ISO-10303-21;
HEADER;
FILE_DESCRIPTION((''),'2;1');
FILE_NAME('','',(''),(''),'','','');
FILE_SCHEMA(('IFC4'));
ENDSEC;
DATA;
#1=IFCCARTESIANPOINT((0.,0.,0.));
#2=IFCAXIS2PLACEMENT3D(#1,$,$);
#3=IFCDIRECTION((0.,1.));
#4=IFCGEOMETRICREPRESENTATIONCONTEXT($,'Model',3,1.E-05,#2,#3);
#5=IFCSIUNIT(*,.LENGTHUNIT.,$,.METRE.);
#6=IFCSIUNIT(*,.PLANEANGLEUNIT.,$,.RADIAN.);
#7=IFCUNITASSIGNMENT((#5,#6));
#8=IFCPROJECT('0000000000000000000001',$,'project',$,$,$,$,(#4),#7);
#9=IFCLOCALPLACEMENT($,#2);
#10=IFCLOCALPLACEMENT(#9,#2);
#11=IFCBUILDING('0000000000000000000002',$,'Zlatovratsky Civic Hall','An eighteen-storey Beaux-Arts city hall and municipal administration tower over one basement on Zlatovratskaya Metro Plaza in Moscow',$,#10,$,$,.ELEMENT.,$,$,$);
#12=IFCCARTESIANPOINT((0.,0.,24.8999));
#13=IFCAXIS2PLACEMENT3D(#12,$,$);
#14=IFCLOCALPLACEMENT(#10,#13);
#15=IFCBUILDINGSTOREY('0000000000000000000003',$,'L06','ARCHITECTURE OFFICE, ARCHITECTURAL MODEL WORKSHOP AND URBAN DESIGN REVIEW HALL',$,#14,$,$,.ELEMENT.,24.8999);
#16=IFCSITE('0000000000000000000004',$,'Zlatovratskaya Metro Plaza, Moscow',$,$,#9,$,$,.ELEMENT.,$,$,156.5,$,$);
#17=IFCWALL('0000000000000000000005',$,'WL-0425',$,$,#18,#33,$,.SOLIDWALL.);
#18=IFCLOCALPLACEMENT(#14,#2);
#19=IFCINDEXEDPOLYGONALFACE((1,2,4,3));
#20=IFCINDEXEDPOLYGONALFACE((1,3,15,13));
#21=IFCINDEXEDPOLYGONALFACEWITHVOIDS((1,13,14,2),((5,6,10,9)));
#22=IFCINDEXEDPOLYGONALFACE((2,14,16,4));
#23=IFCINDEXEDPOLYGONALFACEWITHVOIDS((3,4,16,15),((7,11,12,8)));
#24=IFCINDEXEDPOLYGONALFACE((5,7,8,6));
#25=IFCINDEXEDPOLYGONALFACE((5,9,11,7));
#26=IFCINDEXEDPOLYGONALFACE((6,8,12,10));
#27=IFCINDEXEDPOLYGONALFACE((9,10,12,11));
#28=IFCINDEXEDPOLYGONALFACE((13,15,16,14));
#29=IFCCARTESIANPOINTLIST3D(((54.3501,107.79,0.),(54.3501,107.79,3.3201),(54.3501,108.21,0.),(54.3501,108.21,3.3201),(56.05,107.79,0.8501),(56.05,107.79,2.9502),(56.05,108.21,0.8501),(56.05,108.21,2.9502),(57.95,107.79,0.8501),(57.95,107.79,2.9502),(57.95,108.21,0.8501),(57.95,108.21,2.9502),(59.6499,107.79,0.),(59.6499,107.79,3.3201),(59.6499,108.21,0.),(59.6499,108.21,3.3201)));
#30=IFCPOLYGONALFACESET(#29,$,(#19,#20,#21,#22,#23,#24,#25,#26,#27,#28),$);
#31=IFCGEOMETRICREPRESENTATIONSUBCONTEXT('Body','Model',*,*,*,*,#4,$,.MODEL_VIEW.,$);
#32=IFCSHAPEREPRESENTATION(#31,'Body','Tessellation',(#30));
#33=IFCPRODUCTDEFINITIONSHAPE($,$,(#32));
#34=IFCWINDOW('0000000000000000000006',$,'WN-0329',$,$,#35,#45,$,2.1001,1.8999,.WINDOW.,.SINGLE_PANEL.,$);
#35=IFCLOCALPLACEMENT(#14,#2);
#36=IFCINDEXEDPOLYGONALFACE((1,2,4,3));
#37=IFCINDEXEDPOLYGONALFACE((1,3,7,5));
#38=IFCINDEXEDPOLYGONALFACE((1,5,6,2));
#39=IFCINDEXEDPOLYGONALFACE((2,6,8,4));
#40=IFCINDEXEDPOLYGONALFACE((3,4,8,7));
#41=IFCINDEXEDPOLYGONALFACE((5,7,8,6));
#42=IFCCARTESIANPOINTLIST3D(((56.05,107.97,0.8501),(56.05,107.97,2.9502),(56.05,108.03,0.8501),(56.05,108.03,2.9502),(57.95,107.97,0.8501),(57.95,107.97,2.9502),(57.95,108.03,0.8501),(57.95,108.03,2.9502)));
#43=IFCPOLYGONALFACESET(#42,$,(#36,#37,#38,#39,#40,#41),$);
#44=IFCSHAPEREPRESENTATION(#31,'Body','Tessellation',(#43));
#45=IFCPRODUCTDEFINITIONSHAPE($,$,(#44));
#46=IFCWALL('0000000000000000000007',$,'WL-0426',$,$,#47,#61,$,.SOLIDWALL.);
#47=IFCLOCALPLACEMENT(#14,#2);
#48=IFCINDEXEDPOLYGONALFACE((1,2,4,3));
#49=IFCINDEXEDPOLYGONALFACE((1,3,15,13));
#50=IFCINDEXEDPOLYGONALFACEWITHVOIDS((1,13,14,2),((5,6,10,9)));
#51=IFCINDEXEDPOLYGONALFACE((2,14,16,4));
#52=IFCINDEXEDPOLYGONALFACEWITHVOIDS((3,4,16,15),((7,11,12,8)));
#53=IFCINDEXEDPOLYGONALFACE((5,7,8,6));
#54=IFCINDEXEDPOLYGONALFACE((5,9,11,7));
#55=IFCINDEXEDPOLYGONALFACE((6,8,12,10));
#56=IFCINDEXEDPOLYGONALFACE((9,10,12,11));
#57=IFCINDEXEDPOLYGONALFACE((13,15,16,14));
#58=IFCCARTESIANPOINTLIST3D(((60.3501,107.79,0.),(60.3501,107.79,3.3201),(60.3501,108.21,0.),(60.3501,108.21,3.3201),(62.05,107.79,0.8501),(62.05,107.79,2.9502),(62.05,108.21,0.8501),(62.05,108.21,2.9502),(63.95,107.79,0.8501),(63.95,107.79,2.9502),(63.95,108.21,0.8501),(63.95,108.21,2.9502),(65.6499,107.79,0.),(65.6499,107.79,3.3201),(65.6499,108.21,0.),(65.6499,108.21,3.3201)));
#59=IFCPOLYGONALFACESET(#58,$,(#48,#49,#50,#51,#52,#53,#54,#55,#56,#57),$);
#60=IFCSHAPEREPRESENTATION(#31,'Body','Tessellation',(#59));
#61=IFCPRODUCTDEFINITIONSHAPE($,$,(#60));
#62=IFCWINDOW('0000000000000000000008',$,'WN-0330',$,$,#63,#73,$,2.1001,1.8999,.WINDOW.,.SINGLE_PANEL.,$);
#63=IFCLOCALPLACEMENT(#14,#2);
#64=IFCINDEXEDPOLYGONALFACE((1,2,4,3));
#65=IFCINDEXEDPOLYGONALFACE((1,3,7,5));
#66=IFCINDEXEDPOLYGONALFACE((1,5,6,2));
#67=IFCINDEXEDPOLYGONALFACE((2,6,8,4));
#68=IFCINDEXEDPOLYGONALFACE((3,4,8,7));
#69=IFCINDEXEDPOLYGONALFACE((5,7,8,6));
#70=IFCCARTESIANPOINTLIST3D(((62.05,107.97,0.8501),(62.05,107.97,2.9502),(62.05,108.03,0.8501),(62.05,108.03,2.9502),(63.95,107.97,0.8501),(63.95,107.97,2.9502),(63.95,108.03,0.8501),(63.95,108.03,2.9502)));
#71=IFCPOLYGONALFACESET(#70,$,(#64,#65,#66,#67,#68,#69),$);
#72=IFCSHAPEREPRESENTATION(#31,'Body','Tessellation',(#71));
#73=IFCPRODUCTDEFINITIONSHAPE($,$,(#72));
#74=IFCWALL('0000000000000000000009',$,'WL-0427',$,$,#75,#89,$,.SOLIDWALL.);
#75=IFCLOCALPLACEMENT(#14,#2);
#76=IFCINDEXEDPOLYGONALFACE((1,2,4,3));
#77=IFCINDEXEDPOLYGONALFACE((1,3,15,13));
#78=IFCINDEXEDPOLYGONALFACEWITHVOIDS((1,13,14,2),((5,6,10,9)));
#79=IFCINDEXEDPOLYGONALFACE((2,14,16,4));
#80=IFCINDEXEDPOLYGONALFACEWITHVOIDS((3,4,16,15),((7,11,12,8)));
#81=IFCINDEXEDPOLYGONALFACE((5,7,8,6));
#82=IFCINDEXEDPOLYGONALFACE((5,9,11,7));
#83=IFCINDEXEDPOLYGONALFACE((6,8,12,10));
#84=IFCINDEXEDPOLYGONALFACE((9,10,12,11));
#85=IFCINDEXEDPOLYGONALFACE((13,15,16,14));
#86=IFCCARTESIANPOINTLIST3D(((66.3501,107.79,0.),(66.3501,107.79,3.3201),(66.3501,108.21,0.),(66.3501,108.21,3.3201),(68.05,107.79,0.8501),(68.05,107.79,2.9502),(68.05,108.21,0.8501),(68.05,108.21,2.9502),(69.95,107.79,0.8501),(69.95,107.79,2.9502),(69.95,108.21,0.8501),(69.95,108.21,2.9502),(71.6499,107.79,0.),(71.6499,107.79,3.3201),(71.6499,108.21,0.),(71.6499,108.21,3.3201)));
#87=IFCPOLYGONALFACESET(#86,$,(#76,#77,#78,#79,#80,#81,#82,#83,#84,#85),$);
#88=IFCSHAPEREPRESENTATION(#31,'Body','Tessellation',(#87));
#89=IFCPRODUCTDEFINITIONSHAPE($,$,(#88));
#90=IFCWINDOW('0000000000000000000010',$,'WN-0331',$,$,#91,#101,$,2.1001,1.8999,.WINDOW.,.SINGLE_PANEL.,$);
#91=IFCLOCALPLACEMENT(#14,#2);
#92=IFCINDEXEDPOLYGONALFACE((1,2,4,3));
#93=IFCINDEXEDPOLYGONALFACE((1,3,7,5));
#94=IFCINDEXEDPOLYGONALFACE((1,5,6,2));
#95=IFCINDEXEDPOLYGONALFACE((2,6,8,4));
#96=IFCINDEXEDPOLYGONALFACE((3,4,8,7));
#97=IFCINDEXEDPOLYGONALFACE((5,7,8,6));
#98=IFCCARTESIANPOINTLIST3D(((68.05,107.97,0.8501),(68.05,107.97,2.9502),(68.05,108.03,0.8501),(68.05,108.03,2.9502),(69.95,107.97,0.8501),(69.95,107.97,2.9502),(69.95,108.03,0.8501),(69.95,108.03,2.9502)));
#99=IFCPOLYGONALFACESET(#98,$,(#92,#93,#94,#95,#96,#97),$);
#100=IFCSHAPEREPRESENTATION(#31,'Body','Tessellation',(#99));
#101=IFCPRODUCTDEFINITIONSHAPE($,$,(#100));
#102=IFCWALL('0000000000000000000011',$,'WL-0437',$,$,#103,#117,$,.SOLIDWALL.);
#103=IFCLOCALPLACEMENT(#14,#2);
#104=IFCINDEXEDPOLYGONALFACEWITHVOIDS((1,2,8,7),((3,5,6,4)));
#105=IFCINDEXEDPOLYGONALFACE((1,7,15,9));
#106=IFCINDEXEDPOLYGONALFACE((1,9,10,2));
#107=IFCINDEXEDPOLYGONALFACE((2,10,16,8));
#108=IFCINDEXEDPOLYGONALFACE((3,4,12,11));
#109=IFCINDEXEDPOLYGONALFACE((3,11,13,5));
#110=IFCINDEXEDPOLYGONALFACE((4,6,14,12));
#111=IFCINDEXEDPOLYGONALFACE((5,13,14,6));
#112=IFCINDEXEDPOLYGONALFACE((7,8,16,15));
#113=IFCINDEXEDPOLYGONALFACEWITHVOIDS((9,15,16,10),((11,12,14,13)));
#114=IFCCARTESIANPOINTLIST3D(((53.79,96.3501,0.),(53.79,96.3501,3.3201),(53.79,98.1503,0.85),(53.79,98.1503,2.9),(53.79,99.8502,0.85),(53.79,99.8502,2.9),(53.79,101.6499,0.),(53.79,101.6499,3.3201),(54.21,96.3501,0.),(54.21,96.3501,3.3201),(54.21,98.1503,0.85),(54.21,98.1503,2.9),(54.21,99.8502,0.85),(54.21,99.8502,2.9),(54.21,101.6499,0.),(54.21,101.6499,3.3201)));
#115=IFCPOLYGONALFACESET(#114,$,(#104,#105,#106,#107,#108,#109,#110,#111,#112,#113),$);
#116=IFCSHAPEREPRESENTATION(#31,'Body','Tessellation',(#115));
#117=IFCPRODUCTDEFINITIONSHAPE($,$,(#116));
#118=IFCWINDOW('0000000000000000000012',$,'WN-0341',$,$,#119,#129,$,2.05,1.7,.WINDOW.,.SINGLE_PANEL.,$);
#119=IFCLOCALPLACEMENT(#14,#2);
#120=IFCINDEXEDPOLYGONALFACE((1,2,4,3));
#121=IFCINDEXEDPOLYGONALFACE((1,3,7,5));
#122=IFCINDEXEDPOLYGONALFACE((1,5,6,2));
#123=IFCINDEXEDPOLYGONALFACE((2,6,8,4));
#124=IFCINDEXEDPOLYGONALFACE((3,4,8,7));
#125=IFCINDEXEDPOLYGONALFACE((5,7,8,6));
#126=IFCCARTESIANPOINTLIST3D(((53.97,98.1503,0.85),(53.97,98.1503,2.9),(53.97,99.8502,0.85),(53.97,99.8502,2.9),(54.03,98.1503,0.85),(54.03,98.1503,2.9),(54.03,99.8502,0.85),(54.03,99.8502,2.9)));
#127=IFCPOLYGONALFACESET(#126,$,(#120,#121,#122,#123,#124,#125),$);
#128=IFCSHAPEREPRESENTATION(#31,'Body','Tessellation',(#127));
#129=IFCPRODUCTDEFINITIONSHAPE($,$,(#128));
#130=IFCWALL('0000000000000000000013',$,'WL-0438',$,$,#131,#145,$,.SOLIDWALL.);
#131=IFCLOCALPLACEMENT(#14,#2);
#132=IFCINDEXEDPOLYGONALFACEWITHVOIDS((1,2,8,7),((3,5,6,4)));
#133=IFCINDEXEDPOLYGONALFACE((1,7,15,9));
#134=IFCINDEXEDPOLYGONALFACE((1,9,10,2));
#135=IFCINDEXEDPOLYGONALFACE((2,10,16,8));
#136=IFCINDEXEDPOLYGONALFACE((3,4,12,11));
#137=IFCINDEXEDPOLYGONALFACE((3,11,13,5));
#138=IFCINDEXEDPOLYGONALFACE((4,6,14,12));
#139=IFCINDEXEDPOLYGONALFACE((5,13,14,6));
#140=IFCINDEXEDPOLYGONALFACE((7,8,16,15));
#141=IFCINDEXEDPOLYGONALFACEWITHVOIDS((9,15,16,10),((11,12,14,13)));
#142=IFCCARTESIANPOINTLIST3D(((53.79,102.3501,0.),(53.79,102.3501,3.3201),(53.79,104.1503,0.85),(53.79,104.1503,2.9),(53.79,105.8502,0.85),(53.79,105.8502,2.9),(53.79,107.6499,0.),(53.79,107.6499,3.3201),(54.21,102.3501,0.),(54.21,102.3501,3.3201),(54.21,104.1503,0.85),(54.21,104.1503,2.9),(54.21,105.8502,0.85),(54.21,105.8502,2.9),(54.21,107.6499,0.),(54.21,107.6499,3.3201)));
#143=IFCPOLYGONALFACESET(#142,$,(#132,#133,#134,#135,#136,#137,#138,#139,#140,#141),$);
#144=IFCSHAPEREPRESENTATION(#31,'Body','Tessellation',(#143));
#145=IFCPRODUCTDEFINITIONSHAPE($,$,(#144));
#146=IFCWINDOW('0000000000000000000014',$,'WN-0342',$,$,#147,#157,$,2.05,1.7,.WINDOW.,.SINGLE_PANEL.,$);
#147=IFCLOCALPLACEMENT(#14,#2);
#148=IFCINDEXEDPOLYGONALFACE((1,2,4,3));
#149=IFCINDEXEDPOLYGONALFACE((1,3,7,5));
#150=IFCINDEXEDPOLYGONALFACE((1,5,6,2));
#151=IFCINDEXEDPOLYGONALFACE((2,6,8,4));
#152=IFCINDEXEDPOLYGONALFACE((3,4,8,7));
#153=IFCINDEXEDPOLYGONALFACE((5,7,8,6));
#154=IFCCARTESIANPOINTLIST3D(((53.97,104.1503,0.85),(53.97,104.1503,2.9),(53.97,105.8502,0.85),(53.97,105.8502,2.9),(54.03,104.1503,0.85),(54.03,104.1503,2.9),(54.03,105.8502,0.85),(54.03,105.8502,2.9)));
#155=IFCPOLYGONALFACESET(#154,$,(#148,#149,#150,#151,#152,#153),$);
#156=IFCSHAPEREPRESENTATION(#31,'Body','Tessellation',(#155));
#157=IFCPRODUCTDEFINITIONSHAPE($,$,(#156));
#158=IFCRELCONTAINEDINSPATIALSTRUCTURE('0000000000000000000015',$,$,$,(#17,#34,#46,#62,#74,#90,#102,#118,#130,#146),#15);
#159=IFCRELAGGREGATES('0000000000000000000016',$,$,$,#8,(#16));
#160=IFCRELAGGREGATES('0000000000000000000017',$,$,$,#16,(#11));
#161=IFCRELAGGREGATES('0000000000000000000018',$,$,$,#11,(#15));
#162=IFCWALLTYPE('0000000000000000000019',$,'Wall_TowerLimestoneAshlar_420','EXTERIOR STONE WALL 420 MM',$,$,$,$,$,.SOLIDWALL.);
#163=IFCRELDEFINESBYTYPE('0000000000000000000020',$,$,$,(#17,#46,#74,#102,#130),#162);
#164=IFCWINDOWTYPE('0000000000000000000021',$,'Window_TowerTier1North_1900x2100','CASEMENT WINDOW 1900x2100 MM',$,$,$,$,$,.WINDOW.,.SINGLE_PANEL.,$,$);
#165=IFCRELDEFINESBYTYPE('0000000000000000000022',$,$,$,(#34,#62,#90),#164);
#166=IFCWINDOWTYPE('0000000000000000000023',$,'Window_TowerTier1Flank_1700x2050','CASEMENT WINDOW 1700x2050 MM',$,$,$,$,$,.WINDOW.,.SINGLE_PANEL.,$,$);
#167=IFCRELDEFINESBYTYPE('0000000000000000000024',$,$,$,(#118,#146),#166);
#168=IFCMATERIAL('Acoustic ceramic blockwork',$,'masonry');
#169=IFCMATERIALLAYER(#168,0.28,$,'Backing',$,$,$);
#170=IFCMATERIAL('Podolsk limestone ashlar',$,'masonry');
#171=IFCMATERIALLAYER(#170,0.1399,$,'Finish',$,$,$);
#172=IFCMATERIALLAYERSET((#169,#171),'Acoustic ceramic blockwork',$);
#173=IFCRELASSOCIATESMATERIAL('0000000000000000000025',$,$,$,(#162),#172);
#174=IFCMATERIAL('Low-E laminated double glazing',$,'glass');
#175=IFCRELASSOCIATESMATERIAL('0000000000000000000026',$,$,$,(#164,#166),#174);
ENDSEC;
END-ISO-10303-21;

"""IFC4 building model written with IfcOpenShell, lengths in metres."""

from ifc_helpers import new_model, si_unit, direction, frame, frame_2d, origin, place, context, subcontext, project, spatial, rectangle, extrude, material, layer, layer_set, type_object, element, fill, save


model = new_model("IFC4")

# Units and contexts
model_context = context("Model", 3, precision=1e-05, world=origin(), true_north=direction((0.0, 1.0)))
body_context = subcontext(model_context, "Body", "Model", "MODEL_VIEW")
ifc_project = project(units=[si_unit("LENGTHUNIT", "METRE"), si_unit("PLANEANGLEUNIT", "RADIAN")], contexts=[model_context])

# Site, building, storey
site_placement = place(None, origin())
site = spatial("IfcSite", under=ifc_project, at=site_placement, Name="Zlatovratskaya Metro Plaza, Moscow", CompositionType="ELEMENT", RefElevation=156.5)
building_placement = place(site_placement, origin())
building = spatial("IfcBuilding", under=site, at=building_placement, Name="Zlatovratsky Civic Hall", Description="An eighteen-storey Beaux-Arts city hall and municipal administration tower over one basement on Zlatovratskaya Metro Plaza in Moscow", CompositionType="ELEMENT")
storey_placement = place(building_placement, frame((0.0, 0.0, 24.8999)))
storey = spatial("IfcBuildingStorey", under=building, at=storey_placement, Name="L06", Description="ARCHITECTURE OFFICE, ARCHITECTURAL MODEL WORKSHOP AND URBAN DESIGN REVIEW HALL", CompositionType="ELEMENT", Elevation=24.8999)

# Walls, openings, windows
ifc_material_1 = material(Name="Acoustic ceramic blockwork", Category="masonry")
ifc_layer_1 = layer(ifc_material_1, 0.28, Name="Backing")
ifc_material_2 = material(Name="Podolsk limestone ashlar", Category="masonry")
ifc_layer_2 = layer(ifc_material_2, 0.1399, Name="Finish")
ifc_layer_set_1 = layer_set([ifc_layer_1, ifc_layer_2], Name="Acoustic ceramic blockwork")
wall_type_1 = type_object("IfcWallType", Name="Wall_TowerLimestoneAshlar_420", Description="EXTERIOR STONE WALL 420 MM", PredefinedType="SOLIDWALL", material=ifc_layer_set_1)
wall_1_placement = place(storey_placement, frame((54.3501, 108.0, 0.0), z_axis=(0.0, 0.0, 1.0), x_axis=(1.0, 0.0, 0.0)))
wall_1 = element("IfcWall", 1, at=wall_1_placement, inside=storey, type_object=wall_type_1, Name="WL-0425", PredefinedType="SOLIDWALL", context=body_context, shape_type="SweptSolid", body=[
    extrude(rectangle(XDim=5.2998, YDim=0.4199, at=frame_2d((2.6499, 0.0))), origin(), (0.0, 0.0, 1.0), 3.3201),
])
opening_1_placement = place(wall_1_placement, frame((1.7, 0.0, 0.8501)))
opening_1 = element("IfcOpeningElement", 2, at=opening_1_placement, cuts=wall_1, PredefinedType="OPENING", context=body_context, shape_type="SweptSolid", body=[
    extrude(rectangle(XDim=1.8999, YDim=2.1001, at=frame_2d((0.95, 1.05))), frame((0.0, 0.2249, 0.0), z_axis=(0.0, -1.0, 0.0), x_axis=(1.0, 0.0, 0.0)), (0.0, 0.0, 1.0), 0.4497),
])
ifc_material_3 = material(Name="Low-E laminated double glazing", Category="glass")
window_type_1 = type_object("IfcWindowType", Name="Window_TowerTier1North_1900x2100", Description="CASEMENT WINDOW 1900x2100 MM", PartitioningType="SINGLE_PANEL", PredefinedType="WINDOW", material=ifc_material_3)
window_1_placement = place(opening_1_placement, origin())
window_1 = element("IfcWindow", 3, at=window_1_placement, inside=storey, type_object=window_type_1, Name="WN-0329", OverallHeight=2.1001, OverallWidth=1.8999, PartitioningType="SINGLE_PANEL", PredefinedType="WINDOW", context=body_context, shape_type="SweptSolid", body=[
    extrude(rectangle(XDim=1.8999, YDim=2.1001, at=frame_2d((0.95, 1.05))), frame((0.0, 0.03, 0.0), z_axis=(0.0, -1.0, 0.0), x_axis=(1.0, 0.0, 0.0)), (0.0, 0.0, 1.0), 0.0601),
])
fill(opening_1, window_1)
wall_2_placement = place(storey_placement, frame((60.3501, 108.0, 0.0), z_axis=(0.0, 0.0, 1.0), x_axis=(1.0, 0.0, 0.0)))
wall_2 = element("IfcWall", 4, at=wall_2_placement, inside=storey, type_object=wall_type_1, Name="WL-0426", PredefinedType="SOLIDWALL", context=body_context, shape_type="SweptSolid", body=[
    extrude(rectangle(XDim=5.2998, YDim=0.4199, at=frame_2d((2.6499, 0.0))), origin(), (0.0, 0.0, 1.0), 3.3201),
])
opening_2_placement = place(wall_2_placement, frame((1.7, 0.0, 0.8501)))
opening_2 = element("IfcOpeningElement", 5, at=opening_2_placement, cuts=wall_2, PredefinedType="OPENING", context=body_context, shape_type="SweptSolid", body=[
    extrude(rectangle(XDim=1.8999, YDim=2.1001, at=frame_2d((0.95, 1.05))), frame((0.0, 0.2249, 0.0), z_axis=(0.0, -1.0, 0.0), x_axis=(1.0, 0.0, 0.0)), (0.0, 0.0, 1.0), 0.4497),
])
window_2_placement = place(opening_2_placement, origin())
window_2 = element("IfcWindow", 6, at=window_2_placement, inside=storey, type_object=window_type_1, Name="WN-0330", OverallHeight=2.1001, OverallWidth=1.8999, PartitioningType="SINGLE_PANEL", PredefinedType="WINDOW", context=body_context, shape_type="SweptSolid", body=[
    extrude(rectangle(XDim=1.8999, YDim=2.1001, at=frame_2d((0.95, 1.05))), frame((0.0, 0.03, 0.0), z_axis=(0.0, -1.0, 0.0), x_axis=(1.0, 0.0, 0.0)), (0.0, 0.0, 1.0), 0.0601),
])
fill(opening_2, window_2)
wall_3_placement = place(storey_placement, frame((66.3501, 108.0, 0.0), z_axis=(0.0, 0.0, 1.0), x_axis=(1.0, 0.0, 0.0)))
wall_3 = element("IfcWall", 7, at=wall_3_placement, inside=storey, type_object=wall_type_1, Name="WL-0427", PredefinedType="SOLIDWALL", context=body_context, shape_type="SweptSolid", body=[
    extrude(rectangle(XDim=5.2998, YDim=0.4199, at=frame_2d((2.6499, 0.0))), origin(), (0.0, 0.0, 1.0), 3.3201),
])
opening_3_placement = place(wall_3_placement, frame((1.7, 0.0, 0.8501)))
opening_3 = element("IfcOpeningElement", 8, at=opening_3_placement, cuts=wall_3, PredefinedType="OPENING", context=body_context, shape_type="SweptSolid", body=[
    extrude(rectangle(XDim=1.8999, YDim=2.1001, at=frame_2d((0.95, 1.05))), frame((0.0, 0.2249, 0.0), z_axis=(0.0, -1.0, 0.0), x_axis=(1.0, 0.0, 0.0)), (0.0, 0.0, 1.0), 0.4497),
])
window_3_placement = place(opening_3_placement, origin())
window_3 = element("IfcWindow", 9, at=window_3_placement, inside=storey, type_object=window_type_1, Name="WN-0331", OverallHeight=2.1001, OverallWidth=1.8999, PartitioningType="SINGLE_PANEL", PredefinedType="WINDOW", context=body_context, shape_type="SweptSolid", body=[
    extrude(rectangle(XDim=1.8999, YDim=2.1001, at=frame_2d((0.95, 1.05))), frame((0.0, 0.03, 0.0), z_axis=(0.0, -1.0, 0.0), x_axis=(1.0, 0.0, 0.0)), (0.0, 0.0, 1.0), 0.0601),
])
fill(opening_3, window_3)
wall_4_placement = place(storey_placement, frame((54.0, 96.3501, 0.0), z_axis=(0.0, 0.0, 1.0), x_axis=(0.0, 1.0, 0.0)))
wall_4 = element("IfcWall", 10, at=wall_4_placement, inside=storey, type_object=wall_type_1, Name="WL-0437", PredefinedType="SOLIDWALL", context=body_context, shape_type="SweptSolid", body=[
    extrude(rectangle(XDim=5.2998, YDim=0.4199, at=frame_2d((2.6499, 0.0))), origin(), (0.0, 0.0, 1.0), 3.3201),
])
opening_4_placement = place(wall_4_placement, frame((1.8, 0.0, 0.8501)))
opening_4 = element("IfcOpeningElement", 11, at=opening_4_placement, cuts=wall_4, PredefinedType="OPENING", context=body_context, shape_type="SweptSolid", body=[
    extrude(rectangle(XDim=1.7, YDim=2.05, at=frame_2d((0.8501, 1.0249))), frame((0.0, 0.2249, 0.0), z_axis=(0.0, -1.0, 0.0), x_axis=(1.0, 0.0, 0.0)), (0.0, 0.0, 1.0), 0.4497),
])
window_type_2 = type_object("IfcWindowType", Name="Window_TowerTier1Flank_1700x2050", Description="CASEMENT WINDOW 1700x2050 MM", PartitioningType="SINGLE_PANEL", PredefinedType="WINDOW", material=ifc_material_3)
window_4_placement = place(opening_4_placement, origin())
window_4 = element("IfcWindow", 12, at=window_4_placement, inside=storey, type_object=window_type_2, Name="WN-0341", OverallHeight=2.05, OverallWidth=1.7, PartitioningType="SINGLE_PANEL", PredefinedType="WINDOW", context=body_context, shape_type="SweptSolid", body=[
    extrude(rectangle(XDim=1.7, YDim=2.05, at=frame_2d((0.8501, 1.0249))), frame((0.0, 0.03, 0.0), z_axis=(0.0, -1.0, 0.0), x_axis=(1.0, 0.0, 0.0)), (0.0, 0.0, 1.0), 0.0601),
])
fill(opening_4, window_4)
wall_5_placement = place(storey_placement, frame((54.0, 102.3501, 0.0), z_axis=(0.0, 0.0, 1.0), x_axis=(0.0, 1.0, 0.0)))
wall_5 = element("IfcWall", 13, at=wall_5_placement, inside=storey, type_object=wall_type_1, Name="WL-0438", PredefinedType="SOLIDWALL", context=body_context, shape_type="SweptSolid", body=[
    extrude(rectangle(XDim=5.2998, YDim=0.4199, at=frame_2d((2.6499, 0.0))), origin(), (0.0, 0.0, 1.0), 3.3201),
])
opening_5_placement = place(wall_5_placement, frame((1.8, 0.0, 0.8501)))
opening_5 = element("IfcOpeningElement", 14, at=opening_5_placement, cuts=wall_5, PredefinedType="OPENING", context=body_context, shape_type="SweptSolid", body=[
    extrude(rectangle(XDim=1.7, YDim=2.05, at=frame_2d((0.8501, 1.0249))), frame((0.0, 0.2249, 0.0), z_axis=(0.0, -1.0, 0.0), x_axis=(1.0, 0.0, 0.0)), (0.0, 0.0, 1.0), 0.4497),
])
window_5_placement = place(opening_5_placement, origin())
window_5 = element("IfcWindow", 15, at=window_5_placement, inside=storey, type_object=window_type_2, Name="WN-0342", OverallHeight=2.05, OverallWidth=1.7, PartitioningType="SINGLE_PANEL", PredefinedType="WINDOW", context=body_context, shape_type="SweptSolid", body=[
    extrude(rectangle(XDim=1.7, YDim=2.05, at=frame_2d((0.8501, 1.0249))), frame((0.0, 0.03, 0.0), z_axis=(0.0, -1.0, 0.0), x_axis=(1.0, 0.0, 0.0)), (0.0, 0.0, 1.0), 0.0601),
])
fill(opening_5, window_5)

save(model, "model.ifc")
